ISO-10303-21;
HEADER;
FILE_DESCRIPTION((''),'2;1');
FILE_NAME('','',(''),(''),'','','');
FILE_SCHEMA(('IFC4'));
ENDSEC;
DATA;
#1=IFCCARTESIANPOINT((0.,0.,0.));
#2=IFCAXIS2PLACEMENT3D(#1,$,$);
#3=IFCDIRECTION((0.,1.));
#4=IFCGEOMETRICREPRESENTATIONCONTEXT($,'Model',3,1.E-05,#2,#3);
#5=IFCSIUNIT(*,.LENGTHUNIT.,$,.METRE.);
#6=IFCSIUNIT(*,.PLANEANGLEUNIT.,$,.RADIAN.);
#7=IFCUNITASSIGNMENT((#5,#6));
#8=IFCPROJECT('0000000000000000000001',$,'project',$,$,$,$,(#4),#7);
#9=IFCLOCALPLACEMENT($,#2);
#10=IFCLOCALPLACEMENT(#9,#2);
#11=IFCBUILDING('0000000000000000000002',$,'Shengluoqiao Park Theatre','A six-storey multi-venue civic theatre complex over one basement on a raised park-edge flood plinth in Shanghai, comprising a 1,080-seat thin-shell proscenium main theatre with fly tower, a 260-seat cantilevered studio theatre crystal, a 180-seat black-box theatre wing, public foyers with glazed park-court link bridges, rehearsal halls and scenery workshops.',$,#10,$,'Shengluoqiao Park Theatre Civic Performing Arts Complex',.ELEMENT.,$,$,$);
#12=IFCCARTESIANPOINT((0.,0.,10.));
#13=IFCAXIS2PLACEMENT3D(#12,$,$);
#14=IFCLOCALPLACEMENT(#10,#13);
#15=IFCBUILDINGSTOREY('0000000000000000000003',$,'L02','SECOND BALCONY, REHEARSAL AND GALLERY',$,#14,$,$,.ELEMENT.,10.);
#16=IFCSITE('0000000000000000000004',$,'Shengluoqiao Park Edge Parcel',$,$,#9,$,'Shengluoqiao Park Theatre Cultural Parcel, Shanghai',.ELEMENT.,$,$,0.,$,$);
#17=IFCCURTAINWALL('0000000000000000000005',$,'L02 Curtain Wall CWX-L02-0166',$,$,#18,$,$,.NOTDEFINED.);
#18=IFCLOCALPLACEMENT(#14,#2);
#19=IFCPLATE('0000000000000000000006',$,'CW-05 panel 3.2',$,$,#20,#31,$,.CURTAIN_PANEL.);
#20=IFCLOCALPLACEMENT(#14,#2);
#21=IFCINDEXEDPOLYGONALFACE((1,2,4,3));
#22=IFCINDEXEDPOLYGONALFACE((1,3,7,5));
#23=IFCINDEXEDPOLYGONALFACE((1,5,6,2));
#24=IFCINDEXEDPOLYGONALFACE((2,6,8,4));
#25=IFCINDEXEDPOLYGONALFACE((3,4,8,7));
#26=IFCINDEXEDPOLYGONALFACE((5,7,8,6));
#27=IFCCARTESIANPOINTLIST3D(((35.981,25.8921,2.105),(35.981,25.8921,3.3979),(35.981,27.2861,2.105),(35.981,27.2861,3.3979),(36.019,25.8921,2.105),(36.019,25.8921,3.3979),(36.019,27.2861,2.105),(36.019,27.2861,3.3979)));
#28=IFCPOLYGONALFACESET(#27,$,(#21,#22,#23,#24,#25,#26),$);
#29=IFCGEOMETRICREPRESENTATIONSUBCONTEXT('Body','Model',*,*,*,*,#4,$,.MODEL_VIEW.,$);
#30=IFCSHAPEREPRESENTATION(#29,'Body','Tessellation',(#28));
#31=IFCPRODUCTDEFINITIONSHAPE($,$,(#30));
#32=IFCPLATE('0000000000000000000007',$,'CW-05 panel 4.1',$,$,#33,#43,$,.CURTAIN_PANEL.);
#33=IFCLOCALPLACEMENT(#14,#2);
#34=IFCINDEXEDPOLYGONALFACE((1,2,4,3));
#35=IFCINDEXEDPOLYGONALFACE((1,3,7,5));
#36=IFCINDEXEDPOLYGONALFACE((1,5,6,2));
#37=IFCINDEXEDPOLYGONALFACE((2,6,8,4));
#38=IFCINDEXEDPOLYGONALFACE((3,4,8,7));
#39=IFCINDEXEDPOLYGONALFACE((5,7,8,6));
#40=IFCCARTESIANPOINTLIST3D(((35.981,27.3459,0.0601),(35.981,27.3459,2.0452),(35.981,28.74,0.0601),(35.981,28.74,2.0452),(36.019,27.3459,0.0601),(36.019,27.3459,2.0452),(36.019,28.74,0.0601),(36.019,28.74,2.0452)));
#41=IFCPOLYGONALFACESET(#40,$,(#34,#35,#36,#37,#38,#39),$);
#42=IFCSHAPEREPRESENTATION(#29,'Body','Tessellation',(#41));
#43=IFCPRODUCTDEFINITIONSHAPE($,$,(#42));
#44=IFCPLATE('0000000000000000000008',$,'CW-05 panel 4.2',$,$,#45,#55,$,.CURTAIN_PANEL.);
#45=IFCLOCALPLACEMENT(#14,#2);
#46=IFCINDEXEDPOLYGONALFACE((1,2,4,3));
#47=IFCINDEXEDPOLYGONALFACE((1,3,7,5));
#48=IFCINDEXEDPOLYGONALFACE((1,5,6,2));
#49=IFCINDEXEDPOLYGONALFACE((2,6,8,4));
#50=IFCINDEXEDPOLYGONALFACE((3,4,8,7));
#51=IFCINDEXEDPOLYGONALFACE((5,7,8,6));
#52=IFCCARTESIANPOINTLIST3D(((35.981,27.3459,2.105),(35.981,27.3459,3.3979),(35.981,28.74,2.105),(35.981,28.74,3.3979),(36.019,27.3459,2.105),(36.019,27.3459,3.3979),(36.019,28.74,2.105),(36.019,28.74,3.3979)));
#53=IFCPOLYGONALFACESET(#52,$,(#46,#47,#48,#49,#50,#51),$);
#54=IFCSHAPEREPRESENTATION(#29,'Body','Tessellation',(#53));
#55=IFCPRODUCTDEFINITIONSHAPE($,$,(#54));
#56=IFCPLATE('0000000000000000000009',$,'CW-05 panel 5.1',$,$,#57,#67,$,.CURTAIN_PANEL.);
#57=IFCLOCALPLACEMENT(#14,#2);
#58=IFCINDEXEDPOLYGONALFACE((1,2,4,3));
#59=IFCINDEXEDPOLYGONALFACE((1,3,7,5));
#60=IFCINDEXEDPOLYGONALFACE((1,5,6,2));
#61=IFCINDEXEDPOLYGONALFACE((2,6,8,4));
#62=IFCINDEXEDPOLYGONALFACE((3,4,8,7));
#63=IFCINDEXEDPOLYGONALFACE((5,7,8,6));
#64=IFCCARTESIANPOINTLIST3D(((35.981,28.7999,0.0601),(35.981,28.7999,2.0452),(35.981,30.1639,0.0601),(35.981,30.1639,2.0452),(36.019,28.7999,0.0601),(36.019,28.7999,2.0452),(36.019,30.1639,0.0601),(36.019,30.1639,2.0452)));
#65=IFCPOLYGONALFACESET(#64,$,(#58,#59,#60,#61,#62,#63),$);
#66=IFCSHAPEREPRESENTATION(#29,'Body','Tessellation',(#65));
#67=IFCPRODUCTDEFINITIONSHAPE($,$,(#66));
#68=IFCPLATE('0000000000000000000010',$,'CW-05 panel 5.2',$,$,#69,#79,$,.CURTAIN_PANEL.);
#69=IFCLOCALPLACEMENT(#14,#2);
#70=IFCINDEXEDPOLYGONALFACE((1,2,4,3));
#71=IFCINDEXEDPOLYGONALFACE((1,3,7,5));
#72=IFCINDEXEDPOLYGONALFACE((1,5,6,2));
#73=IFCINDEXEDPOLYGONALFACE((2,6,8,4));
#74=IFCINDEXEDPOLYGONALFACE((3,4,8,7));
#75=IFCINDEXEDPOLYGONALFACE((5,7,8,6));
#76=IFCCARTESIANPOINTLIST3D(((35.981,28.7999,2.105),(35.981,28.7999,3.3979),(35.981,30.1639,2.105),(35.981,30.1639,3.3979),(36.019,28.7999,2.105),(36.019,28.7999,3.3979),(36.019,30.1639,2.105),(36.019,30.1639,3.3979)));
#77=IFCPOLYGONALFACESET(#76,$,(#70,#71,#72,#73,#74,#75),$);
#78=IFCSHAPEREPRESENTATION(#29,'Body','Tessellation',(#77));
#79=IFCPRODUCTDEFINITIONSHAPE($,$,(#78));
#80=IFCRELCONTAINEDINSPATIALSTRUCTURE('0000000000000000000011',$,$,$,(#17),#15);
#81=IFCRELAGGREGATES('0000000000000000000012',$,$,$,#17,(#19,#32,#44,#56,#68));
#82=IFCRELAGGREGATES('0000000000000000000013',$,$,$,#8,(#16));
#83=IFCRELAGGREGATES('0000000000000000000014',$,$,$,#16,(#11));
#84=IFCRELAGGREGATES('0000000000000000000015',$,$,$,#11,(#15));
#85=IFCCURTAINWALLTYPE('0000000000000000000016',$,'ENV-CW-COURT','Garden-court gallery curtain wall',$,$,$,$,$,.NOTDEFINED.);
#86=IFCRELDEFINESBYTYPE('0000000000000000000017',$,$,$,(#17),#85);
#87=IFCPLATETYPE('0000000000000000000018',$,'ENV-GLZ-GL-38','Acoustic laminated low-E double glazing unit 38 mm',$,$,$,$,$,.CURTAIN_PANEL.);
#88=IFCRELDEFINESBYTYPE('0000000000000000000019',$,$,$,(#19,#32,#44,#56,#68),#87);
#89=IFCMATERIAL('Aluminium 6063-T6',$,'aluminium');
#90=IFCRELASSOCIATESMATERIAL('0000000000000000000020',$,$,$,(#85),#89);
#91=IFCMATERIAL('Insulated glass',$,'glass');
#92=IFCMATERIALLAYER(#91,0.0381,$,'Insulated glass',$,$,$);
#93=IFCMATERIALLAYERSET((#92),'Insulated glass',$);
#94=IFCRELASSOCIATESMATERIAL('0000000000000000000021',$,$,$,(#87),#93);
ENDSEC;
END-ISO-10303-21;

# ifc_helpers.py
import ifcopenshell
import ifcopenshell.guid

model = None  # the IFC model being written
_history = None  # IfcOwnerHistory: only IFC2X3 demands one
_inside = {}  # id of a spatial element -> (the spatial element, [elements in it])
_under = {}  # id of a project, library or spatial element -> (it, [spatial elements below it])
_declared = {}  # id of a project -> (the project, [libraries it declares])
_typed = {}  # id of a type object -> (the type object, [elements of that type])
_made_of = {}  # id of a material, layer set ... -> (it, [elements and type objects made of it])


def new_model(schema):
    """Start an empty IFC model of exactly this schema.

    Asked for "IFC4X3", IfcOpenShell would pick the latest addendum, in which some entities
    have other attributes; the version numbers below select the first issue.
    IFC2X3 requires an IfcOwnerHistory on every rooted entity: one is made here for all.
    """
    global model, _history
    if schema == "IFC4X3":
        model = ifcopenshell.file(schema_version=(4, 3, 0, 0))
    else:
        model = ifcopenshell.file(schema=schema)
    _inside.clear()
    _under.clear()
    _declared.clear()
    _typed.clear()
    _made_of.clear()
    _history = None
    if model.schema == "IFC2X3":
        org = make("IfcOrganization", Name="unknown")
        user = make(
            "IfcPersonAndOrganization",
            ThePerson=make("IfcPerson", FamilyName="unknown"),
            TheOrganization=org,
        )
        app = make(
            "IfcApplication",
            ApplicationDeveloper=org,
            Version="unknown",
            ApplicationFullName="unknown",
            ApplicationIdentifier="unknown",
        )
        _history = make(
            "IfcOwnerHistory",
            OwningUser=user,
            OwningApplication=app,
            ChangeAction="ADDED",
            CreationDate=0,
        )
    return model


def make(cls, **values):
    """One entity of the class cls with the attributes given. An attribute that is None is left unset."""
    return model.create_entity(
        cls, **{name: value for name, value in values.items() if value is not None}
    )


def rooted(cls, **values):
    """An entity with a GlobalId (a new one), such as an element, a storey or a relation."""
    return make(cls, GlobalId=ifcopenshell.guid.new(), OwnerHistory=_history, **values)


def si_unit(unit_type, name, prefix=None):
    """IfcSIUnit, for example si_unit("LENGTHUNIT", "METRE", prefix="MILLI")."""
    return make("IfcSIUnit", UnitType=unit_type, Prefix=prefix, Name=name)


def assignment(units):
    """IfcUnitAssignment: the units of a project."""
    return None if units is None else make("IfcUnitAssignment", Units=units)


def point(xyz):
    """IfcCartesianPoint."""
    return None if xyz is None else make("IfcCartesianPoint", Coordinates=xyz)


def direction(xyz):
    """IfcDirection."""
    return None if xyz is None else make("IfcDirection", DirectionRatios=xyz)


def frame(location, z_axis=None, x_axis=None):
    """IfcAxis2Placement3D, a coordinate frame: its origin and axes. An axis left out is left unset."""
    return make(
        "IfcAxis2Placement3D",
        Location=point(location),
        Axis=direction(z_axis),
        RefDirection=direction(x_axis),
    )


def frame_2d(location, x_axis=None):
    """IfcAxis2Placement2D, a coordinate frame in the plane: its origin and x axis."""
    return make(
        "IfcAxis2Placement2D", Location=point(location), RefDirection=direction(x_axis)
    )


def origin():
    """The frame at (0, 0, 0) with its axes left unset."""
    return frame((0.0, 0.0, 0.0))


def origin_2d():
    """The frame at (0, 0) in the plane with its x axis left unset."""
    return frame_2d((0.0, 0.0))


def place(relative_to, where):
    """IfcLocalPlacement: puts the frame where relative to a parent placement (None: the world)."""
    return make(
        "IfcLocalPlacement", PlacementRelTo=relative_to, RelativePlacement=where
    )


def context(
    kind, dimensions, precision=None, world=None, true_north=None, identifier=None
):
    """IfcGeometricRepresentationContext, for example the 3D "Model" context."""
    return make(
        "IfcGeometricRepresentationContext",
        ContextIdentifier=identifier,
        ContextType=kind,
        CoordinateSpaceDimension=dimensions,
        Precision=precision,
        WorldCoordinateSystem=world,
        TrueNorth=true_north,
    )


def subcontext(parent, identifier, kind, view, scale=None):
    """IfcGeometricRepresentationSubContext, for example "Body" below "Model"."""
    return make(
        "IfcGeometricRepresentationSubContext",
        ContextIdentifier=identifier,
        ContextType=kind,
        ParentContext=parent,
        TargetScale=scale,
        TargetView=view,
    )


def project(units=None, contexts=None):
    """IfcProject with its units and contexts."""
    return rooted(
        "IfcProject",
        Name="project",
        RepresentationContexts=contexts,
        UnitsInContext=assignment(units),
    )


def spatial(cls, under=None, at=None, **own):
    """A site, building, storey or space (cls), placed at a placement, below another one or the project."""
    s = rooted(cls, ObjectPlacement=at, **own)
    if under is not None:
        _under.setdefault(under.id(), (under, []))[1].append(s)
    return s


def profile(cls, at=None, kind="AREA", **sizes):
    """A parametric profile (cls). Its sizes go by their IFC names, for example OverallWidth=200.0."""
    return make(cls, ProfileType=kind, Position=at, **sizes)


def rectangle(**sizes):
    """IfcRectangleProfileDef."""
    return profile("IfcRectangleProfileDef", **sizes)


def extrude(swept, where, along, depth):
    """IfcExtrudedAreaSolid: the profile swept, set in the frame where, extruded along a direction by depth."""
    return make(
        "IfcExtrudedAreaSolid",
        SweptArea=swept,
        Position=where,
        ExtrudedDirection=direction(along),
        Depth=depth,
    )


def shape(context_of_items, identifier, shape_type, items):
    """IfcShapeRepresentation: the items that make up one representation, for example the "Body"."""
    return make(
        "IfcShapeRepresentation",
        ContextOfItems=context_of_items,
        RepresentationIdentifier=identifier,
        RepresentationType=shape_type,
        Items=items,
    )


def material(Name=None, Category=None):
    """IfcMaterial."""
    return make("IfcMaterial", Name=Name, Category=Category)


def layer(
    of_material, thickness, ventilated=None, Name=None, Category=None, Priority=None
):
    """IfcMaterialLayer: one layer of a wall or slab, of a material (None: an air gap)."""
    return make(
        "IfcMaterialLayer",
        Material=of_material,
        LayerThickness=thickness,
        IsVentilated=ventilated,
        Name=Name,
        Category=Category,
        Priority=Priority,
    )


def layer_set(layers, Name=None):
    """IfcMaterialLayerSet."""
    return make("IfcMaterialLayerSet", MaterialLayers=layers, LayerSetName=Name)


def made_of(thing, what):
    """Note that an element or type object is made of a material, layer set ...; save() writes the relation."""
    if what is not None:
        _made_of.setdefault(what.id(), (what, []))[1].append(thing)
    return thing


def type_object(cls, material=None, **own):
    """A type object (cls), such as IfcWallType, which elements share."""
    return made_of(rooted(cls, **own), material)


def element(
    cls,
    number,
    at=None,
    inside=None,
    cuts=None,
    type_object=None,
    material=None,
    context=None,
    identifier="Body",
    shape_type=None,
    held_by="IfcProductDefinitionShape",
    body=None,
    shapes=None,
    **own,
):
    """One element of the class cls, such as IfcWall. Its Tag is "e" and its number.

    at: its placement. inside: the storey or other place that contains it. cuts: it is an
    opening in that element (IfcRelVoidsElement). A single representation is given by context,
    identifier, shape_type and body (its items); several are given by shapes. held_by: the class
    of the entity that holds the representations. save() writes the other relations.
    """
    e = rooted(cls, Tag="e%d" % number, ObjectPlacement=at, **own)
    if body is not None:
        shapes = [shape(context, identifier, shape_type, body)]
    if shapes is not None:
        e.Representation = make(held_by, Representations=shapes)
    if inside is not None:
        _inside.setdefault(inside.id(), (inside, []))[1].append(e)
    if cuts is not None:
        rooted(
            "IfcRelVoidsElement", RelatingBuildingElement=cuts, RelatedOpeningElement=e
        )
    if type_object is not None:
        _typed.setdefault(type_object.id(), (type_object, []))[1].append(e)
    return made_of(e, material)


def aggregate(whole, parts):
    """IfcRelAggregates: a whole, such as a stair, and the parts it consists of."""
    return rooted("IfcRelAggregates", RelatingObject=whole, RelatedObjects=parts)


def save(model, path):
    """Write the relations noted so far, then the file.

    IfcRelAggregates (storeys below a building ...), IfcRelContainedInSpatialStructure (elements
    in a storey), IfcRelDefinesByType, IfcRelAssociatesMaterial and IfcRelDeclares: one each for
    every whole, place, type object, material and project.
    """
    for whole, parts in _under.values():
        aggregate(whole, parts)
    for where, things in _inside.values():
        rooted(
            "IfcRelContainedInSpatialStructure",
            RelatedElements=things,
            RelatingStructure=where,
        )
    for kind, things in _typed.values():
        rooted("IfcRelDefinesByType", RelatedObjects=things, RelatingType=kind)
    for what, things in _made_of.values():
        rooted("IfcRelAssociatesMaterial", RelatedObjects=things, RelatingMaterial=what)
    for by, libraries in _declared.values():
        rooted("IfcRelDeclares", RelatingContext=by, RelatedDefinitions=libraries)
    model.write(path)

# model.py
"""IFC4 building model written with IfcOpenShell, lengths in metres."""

from ifc_helpers import new_model, si_unit, direction, frame, origin, origin_2d, place, context, subcontext, project, spatial, rectangle, extrude, material, layer, layer_set, type_object, element, aggregate, save


model = new_model("IFC4")

# Units and contexts
model_context = context("Model", 3, precision=1e-05, world=origin(), true_north=direction((0.0, 1.0)))
body_context = subcontext(model_context, "Body", "Model", "MODEL_VIEW")
ifc_project = project(units=[si_unit("LENGTHUNIT", "METRE"), si_unit("PLANEANGLEUNIT", "RADIAN")], contexts=[model_context])

# Site, building, storey
site_placement = place(None, origin())
site = spatial("IfcSite", under=ifc_project, at=site_placement, Name="Shengluoqiao Park Edge Parcel", LongName="Shengluoqiao Park Theatre Cultural Parcel, Shanghai", CompositionType="ELEMENT", RefElevation=0.0)
building_placement = place(site_placement, origin())
building = spatial("IfcBuilding", under=site, at=building_placement, Name="Shengluoqiao Park Theatre", Description="A six-storey multi-venue civic theatre complex over one basement on a raised park-edge flood plinth in Shanghai, comprising a 1,080-seat thin-shell proscenium main theatre with fly tower, a 260-seat cantilevered studio theatre crystal, a 180-seat black-box theatre wing, public foyers with glazed park-court link bridges, rehearsal halls and scenery workshops.", LongName="Shengluoqiao Park Theatre Civic Performing Arts Complex", CompositionType="ELEMENT")
storey_placement = place(building_placement, frame((0.0, 0.0, 10.0)))
storey = spatial("IfcBuildingStorey", under=building, at=storey_placement, Name="L02", Description="SECOND BALCONY, REHEARSAL AND GALLERY", CompositionType="ELEMENT", Elevation=10.0)

# Curtain wall
ifc_material_1 = material(Name="Aluminium 6063-T6", Category="aluminium")
curtain_wall_type = type_object("IfcCurtainWallType", Name="ENV-CW-COURT", Description="Garden-court gallery curtain wall", PredefinedType="NOTDEFINED", material=ifc_material_1)
curtain_wall_1_placement = place(storey_placement, origin())
curtain_wall_1 = element("IfcCurtainWall", 1, at=curtain_wall_1_placement, inside=storey, type_object=curtain_wall_type, Name="L02 Curtain Wall CWX-L02-0166", PredefinedType="NOTDEFINED")

# Plates
ifc_material_2 = material(Name="Insulated glass", Category="glass")
ifc_layer = layer(ifc_material_2, 0.0381, Name="Insulated glass")
ifc_layer_set = layer_set([ifc_layer], Name="Insulated glass")
plate_type = type_object("IfcPlateType", Name="ENV-GLZ-GL-38", Description="Acoustic laminated low-E double glazing unit 38 mm", PredefinedType="CURTAIN_PANEL", material=ifc_layer_set)
plate_1_placement = place(storey_placement, frame((36.0, 26.5891, 2.105), z_axis=(0.0, 0.0, 1.0), x_axis=(0.0, 1.0, 0.0)))
plate_1 = element("IfcPlate", 2, at=plate_1_placement, type_object=plate_type, Name="CW-05 panel 3.2", PredefinedType="CURTAIN_PANEL", context=body_context, shape_type="SweptSolid", body=[
    extrude(rectangle(XDim=1.394, YDim=0.0381, at=origin_2d()), origin(), (0.0, 0.0, 1.0), 1.293),
])
plate_2_placement = place(storey_placement, frame((36.0, 28.043, 0.0601), z_axis=(0.0, 0.0, 1.0), x_axis=(0.0, 1.0, 0.0)))
plate_2 = element("IfcPlate", 3, at=plate_2_placement, type_object=plate_type, Name="CW-05 panel 4.1", PredefinedType="CURTAIN_PANEL", context=body_context, shape_type="SweptSolid", body=[
    extrude(rectangle(XDim=1.394, YDim=0.0381, at=origin_2d()), origin(), (0.0, 0.0, 1.0), 1.9851),
])
plate_3_placement = place(storey_placement, frame((36.0, 28.043, 2.105), z_axis=(0.0, 0.0, 1.0), x_axis=(0.0, 1.0, 0.0)))
plate_3 = element("IfcPlate", 4, at=plate_3_placement, type_object=plate_type, Name="CW-05 panel 4.2", PredefinedType="CURTAIN_PANEL", context=body_context, shape_type="SweptSolid", body=[
    extrude(rectangle(XDim=1.394, YDim=0.0381, at=origin_2d()), origin(), (0.0, 0.0, 1.0), 1.293),
])
plate_4_placement = place(storey_placement, frame((36.0, 29.4819, 0.0601), z_axis=(0.0, 0.0, 1.0), x_axis=(0.0, 1.0, 0.0)))
plate_4 = element("IfcPlate", 5, at=plate_4_placement, type_object=plate_type, Name="CW-05 panel 5.1", PredefinedType="CURTAIN_PANEL", context=body_context, shape_type="SweptSolid", body=[
    extrude(rectangle(XDim=1.364, YDim=0.0381, at=origin_2d()), origin(), (0.0, 0.0, 1.0), 1.9851),
])
plate_5_placement = place(storey_placement, frame((36.0, 29.4819, 2.105), z_axis=(0.0, 0.0, 1.0), x_axis=(0.0, 1.0, 0.0)))
plate_5 = element("IfcPlate", 6, at=plate_5_placement, type_object=plate_type, Name="CW-05 panel 5.2", PredefinedType="CURTAIN_PANEL", context=body_context, shape_type="SweptSolid", body=[
    extrude(rectangle(XDim=1.364, YDim=0.0381, at=origin_2d()), origin(), (0.0, 0.0, 1.0), 1.293),
])
aggregate(curtain_wall_1, [plate_1, plate_2, plate_3, plate_4, plate_5])

save(model, "model.ifc")
